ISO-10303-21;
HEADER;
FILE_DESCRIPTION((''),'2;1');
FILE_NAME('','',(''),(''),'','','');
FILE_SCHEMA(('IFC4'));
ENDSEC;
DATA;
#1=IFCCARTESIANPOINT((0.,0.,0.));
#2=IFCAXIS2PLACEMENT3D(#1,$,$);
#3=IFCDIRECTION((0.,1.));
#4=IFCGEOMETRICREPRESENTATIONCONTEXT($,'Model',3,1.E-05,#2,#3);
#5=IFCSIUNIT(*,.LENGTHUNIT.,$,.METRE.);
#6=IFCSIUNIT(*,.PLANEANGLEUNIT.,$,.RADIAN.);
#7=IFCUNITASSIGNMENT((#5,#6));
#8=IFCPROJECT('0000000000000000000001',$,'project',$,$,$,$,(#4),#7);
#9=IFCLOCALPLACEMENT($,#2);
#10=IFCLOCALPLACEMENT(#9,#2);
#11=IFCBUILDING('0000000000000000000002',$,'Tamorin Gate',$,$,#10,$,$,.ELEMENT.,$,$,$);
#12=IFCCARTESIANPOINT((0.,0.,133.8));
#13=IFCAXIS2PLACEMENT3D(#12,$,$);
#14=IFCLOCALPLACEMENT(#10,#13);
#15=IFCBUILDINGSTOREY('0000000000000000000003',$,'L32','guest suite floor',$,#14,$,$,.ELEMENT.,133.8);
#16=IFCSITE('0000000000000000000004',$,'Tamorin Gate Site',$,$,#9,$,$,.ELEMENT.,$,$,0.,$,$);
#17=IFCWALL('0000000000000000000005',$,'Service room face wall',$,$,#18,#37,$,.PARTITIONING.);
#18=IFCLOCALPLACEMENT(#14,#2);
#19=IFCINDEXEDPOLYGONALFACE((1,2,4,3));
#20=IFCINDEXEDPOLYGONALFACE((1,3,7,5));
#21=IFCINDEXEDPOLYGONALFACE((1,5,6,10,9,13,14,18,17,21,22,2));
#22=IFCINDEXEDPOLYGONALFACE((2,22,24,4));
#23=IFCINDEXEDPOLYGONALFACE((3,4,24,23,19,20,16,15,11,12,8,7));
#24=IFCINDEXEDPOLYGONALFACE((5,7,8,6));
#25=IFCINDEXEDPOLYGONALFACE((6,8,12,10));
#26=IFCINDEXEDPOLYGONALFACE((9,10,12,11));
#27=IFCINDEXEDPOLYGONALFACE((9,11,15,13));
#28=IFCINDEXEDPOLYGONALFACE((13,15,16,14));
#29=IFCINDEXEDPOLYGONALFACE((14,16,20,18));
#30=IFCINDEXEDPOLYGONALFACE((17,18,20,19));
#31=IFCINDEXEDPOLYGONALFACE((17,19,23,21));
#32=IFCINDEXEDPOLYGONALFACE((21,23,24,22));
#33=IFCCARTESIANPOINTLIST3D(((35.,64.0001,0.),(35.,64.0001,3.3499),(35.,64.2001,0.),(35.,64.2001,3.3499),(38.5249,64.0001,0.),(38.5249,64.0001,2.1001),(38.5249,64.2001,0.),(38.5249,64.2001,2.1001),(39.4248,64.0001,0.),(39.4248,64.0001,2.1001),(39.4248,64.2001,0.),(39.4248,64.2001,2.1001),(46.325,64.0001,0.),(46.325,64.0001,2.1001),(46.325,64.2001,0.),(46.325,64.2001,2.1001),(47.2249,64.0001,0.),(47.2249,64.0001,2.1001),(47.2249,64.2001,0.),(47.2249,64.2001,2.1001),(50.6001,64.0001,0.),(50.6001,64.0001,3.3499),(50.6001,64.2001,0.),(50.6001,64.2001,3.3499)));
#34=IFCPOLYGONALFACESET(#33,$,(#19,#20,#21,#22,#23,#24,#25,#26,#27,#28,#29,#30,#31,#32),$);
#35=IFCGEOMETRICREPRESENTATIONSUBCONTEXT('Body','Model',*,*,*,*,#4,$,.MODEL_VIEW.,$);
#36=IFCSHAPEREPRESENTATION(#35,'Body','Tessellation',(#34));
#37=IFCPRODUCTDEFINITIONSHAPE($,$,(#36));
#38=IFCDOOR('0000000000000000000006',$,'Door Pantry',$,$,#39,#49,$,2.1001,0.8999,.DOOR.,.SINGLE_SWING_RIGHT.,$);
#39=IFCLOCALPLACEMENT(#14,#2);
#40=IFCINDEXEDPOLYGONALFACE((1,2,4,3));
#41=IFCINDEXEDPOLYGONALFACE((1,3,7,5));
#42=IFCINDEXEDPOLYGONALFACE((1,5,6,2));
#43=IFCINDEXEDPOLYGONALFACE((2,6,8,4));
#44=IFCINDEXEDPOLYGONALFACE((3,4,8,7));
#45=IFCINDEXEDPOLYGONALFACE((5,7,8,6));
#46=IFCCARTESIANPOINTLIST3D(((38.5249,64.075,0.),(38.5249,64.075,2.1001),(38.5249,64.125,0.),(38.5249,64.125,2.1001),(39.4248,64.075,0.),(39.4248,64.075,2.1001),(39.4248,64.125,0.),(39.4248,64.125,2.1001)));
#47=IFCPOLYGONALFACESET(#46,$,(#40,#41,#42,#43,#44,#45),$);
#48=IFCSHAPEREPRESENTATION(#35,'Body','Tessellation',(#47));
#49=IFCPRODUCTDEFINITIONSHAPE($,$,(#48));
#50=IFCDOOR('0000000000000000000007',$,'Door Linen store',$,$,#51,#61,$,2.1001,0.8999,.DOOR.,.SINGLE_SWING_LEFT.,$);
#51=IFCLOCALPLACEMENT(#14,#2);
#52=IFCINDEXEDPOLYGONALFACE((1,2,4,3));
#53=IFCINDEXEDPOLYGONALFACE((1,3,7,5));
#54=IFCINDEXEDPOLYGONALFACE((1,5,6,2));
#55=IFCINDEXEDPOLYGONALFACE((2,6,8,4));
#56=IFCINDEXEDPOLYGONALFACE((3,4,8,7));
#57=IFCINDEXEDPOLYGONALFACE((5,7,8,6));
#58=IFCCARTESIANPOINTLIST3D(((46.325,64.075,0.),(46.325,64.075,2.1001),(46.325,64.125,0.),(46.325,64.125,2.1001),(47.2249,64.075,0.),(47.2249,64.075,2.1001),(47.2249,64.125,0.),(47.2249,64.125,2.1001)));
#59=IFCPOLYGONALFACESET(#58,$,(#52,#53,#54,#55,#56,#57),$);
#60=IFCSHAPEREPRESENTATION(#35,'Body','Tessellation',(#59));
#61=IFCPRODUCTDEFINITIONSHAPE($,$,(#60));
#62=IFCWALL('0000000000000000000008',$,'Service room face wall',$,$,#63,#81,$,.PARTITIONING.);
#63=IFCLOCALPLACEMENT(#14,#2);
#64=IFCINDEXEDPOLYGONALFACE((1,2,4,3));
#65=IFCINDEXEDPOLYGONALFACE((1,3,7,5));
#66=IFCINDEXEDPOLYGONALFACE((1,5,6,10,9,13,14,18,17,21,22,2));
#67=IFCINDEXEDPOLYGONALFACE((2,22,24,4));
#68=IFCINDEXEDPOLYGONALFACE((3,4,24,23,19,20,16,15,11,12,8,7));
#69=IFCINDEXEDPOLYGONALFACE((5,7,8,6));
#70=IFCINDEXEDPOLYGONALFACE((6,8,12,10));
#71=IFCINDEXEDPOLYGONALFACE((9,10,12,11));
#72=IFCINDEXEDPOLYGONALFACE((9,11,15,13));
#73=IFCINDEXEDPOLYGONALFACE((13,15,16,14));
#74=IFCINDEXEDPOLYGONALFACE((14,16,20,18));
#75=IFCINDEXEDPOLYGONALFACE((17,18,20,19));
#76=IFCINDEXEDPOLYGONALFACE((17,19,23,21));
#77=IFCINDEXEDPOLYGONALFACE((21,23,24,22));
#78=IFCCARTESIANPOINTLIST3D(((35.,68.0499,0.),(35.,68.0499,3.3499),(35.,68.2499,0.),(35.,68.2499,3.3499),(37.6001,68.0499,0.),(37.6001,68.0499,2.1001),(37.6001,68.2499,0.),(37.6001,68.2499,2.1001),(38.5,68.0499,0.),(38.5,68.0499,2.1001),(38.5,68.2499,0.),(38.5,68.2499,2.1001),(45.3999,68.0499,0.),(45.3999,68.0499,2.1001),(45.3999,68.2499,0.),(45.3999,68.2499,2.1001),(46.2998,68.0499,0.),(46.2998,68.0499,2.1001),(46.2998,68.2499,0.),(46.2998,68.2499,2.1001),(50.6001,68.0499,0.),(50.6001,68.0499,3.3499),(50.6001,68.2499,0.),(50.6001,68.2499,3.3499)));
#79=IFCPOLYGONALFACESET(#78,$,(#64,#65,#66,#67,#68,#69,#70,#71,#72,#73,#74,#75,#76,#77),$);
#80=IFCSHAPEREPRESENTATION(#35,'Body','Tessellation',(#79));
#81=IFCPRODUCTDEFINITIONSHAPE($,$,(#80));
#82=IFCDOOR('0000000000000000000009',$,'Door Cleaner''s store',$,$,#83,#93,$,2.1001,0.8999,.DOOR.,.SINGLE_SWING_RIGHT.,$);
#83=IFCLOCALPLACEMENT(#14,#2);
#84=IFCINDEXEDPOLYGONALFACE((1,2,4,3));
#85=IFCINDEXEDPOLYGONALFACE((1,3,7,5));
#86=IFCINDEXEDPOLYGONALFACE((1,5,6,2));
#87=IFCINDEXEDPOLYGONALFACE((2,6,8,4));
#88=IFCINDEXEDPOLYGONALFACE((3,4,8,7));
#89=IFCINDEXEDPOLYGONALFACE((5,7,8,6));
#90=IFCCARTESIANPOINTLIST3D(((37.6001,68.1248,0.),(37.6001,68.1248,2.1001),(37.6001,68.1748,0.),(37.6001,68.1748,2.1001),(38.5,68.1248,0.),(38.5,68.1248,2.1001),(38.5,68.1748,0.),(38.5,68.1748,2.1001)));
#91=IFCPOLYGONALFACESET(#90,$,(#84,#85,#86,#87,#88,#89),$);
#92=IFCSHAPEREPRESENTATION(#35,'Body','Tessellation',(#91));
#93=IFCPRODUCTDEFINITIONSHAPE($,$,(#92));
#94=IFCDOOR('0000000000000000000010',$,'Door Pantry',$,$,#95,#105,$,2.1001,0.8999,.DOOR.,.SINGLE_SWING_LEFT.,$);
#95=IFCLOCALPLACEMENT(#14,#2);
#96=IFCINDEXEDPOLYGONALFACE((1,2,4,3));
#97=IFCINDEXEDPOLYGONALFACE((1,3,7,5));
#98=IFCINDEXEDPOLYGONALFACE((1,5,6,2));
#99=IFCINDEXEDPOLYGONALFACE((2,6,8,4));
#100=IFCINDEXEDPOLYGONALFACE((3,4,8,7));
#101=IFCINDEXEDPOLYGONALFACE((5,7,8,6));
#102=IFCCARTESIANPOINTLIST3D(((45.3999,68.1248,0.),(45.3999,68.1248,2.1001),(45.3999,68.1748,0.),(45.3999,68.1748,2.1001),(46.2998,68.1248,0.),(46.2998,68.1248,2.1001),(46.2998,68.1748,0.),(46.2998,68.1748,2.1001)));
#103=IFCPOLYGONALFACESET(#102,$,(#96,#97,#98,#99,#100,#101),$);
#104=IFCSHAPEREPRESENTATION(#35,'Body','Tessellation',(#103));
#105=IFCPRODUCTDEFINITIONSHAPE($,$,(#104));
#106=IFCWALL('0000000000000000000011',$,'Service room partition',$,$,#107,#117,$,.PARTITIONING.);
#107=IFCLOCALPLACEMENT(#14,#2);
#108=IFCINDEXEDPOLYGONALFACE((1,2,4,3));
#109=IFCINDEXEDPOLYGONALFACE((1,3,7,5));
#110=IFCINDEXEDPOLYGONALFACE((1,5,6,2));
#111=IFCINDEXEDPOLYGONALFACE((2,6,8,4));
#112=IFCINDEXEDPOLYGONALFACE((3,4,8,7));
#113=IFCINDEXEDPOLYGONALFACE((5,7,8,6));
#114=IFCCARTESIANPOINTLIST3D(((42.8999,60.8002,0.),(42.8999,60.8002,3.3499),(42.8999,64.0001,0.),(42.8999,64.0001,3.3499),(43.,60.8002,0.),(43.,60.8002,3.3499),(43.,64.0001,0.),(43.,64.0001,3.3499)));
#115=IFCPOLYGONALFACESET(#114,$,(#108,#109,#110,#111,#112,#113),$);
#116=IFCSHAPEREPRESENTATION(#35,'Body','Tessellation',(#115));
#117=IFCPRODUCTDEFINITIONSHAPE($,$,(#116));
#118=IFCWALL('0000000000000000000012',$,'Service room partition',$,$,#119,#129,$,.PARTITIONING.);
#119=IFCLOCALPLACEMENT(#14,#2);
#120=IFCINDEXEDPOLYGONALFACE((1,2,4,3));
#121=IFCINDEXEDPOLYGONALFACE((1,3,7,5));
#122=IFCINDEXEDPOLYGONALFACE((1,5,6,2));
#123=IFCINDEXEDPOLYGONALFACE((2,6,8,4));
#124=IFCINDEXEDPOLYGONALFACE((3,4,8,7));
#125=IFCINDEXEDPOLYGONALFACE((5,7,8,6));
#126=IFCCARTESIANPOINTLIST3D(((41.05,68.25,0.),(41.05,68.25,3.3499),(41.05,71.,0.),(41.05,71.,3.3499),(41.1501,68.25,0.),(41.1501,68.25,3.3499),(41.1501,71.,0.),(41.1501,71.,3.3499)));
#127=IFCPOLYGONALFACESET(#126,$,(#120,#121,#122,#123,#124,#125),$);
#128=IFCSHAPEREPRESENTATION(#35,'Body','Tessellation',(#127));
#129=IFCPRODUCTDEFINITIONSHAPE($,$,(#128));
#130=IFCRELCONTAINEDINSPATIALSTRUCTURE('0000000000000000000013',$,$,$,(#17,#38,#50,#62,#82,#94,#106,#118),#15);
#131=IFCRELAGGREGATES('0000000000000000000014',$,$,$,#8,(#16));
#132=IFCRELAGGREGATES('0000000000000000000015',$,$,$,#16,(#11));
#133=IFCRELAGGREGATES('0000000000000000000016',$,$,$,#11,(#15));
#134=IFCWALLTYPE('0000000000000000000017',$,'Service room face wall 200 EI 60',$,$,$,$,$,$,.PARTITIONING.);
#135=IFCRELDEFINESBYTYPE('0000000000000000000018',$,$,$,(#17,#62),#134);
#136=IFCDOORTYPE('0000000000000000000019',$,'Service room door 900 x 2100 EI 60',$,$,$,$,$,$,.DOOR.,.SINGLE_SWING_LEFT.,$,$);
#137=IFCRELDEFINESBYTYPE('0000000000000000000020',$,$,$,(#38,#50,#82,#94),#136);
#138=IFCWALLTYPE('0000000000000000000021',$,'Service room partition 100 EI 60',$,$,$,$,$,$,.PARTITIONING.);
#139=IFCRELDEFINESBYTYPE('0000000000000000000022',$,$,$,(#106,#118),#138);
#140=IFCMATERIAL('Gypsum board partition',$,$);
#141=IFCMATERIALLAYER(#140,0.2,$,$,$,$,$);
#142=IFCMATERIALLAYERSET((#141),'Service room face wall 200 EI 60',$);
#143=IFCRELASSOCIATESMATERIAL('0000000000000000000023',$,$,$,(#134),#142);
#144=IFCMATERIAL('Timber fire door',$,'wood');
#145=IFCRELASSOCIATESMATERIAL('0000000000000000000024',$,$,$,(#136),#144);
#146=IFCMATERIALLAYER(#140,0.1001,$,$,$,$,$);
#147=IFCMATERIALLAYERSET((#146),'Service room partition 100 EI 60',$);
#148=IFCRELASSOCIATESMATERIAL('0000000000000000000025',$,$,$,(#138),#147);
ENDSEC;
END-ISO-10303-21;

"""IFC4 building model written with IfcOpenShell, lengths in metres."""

from ifc_helpers import new_model, si_unit, direction, frame, frame_2d, origin, place, context, subcontext, project, spatial, rectangle, extrude, material, layer, layer_set, type_object, element, fill, save


model = new_model("IFC4")

# Units and contexts
model_context = context("Model", 3, precision=1e-05, world=origin(), true_north=direction((0.0, 1.0)))
body_context = subcontext(model_context, "Body", "Model", "MODEL_VIEW")
ifc_project = project(units=[si_unit("LENGTHUNIT", "METRE"), si_unit("PLANEANGLEUNIT", "RADIAN")], contexts=[model_context])

# Site, building, storey
site_placement = place(None, origin())
site = spatial("IfcSite", under=ifc_project, at=site_placement, Name="Tamorin Gate Site", CompositionType="ELEMENT", RefElevation=0.0)
building_placement = place(site_placement, origin())
building = spatial("IfcBuilding", under=site, at=building_placement, Name="Tamorin Gate", CompositionType="ELEMENT")
storey_placement = place(building_placement, frame((0.0, 0.0, 133.8)))
storey = spatial("IfcBuildingStorey", under=building, at=storey_placement, Name="L32", Description="guest suite floor", CompositionType="ELEMENT", Elevation=133.8)

# Walls, openings, doors
ifc_material_1 = material(Name="Gypsum board partition")
ifc_layer_1 = layer(ifc_material_1, 0.2)
ifc_layer_set_1 = layer_set([ifc_layer_1], Name="Service room face wall 200 EI 60")
wall_type_1 = type_object("IfcWallType", Name="Service room face wall 200 EI 60", PredefinedType="PARTITIONING", material=ifc_layer_set_1)
wall_1_placement = place(storey_placement, frame((35.0, 64.1001, 0.0), z_axis=(0.0, 0.0, 1.0), x_axis=(1.0, 0.0, 0.0)))
wall_1 = element("IfcWall", 1, at=wall_1_placement, inside=storey, type_object=wall_type_1, Name="Service room face wall", PredefinedType="PARTITIONING", context=body_context, shape_type="SweptSolid", body=[
    extrude(rectangle(XDim=15.6001, YDim=0.2, at=frame_2d((7.8, 0.0))), origin(), (0.0, 0.0, 1.0), 3.3499),
])
opening_1_placement = place(wall_1_placement, frame((3.5249, 0.0, 0.0)))
opening_1 = element("IfcOpeningElement", 2, at=opening_1_placement, cuts=wall_1, PredefinedType="OPENING", context=body_context, shape_type="SweptSolid", body=[
    extrude(rectangle(XDim=0.8999, YDim=2.1001, at=frame_2d((0.45, 1.05))), frame((0.0, 0.1099, 0.0), z_axis=(0.0, -1.0, 0.0), x_axis=(1.0, 0.0, 0.0)), (0.0, 0.0, 1.0), 0.22),
])
opening_2_placement = place(wall_1_placement, frame((11.325, 0.0, 0.0)))
opening_2 = element("IfcOpeningElement", 3, at=opening_2_placement, cuts=wall_1, PredefinedType="OPENING", context=body_context, shape_type="SweptSolid", body=[
    extrude(rectangle(XDim=0.8999, YDim=2.1001, at=frame_2d((0.45, 1.05))), frame((0.0, 0.1099, 0.0), z_axis=(0.0, -1.0, 0.0), x_axis=(1.0, 0.0, 0.0)), (0.0, 0.0, 1.0), 0.22),
])
ifc_material_2 = material(Name="Timber fire door", Category="wood")
door_type_1 = type_object("IfcDoorType", Name="Service room door 900 x 2100 EI 60", OperationType="SINGLE_SWING_LEFT", PredefinedType="DOOR", material=ifc_material_2)
door_1_placement = place(opening_1_placement, origin())
door_1 = element("IfcDoor", 4, at=door_1_placement, inside=storey, type_object=door_type_1, Name="Door Pantry", OperationType="SINGLE_SWING_RIGHT", OverallHeight=2.1001, OverallWidth=0.8999, PredefinedType="DOOR", context=body_context, shape_type="SweptSolid", body=[
    extrude(rectangle(XDim=0.8999, YDim=2.1001, at=frame_2d((0.45, 1.05))), frame((0.0, 0.0249, 0.0), z_axis=(0.0, -1.0, 0.0), x_axis=(1.0, 0.0, 0.0)), (0.0, 0.0, 1.0), 0.05),
])
fill(opening_1, door_1)
door_2_placement = place(opening_2_placement, origin())
door_2 = element("IfcDoor", 5, at=door_2_placement, inside=storey, type_object=door_type_1, Name="Door Linen store", OperationType="SINGLE_SWING_LEFT", OverallHeight=2.1001, OverallWidth=0.8999, PredefinedType="DOOR", context=body_context, shape_type="SweptSolid", body=[
    extrude(rectangle(XDim=0.8999, YDim=2.1001, at=frame_2d((0.45, 1.05))), frame((0.0, 0.0249, 0.0), z_axis=(0.0, -1.0, 0.0), x_axis=(1.0, 0.0, 0.0)), (0.0, 0.0, 1.0), 0.05),
])
fill(opening_2, door_2)
wall_2_placement = place(storey_placement, frame((35.0, 68.1499, 0.0), z_axis=(0.0, 0.0, 1.0), x_axis=(1.0, 0.0, 0.0)))
wall_2 = element("IfcWall", 6, at=wall_2_placement, inside=storey, type_object=wall_type_1, Name="Service room face wall", PredefinedType="PARTITIONING", context=body_context, shape_type="SweptSolid", body=[
    extrude(rectangle(XDim=15.6001, YDim=0.2, at=frame_2d((7.8, 0.0))), origin(), (0.0, 0.0, 1.0), 3.3499),
])
opening_3_placement = place(wall_2_placement, frame((2.6001, 0.0, 0.0)))
opening_3 = element("IfcOpeningElement", 7, at=opening_3_placement, cuts=wall_2, PredefinedType="OPENING", context=body_context, shape_type="SweptSolid", body=[
    extrude(rectangle(XDim=0.8999, YDim=2.1001, at=frame_2d((0.45, 1.05))), frame((0.0, 0.1099, 0.0), z_axis=(0.0, -1.0, 0.0), x_axis=(1.0, 0.0, 0.0)), (0.0, 0.0, 1.0), 0.22),
])
opening_4_placement = place(wall_2_placement, frame((10.3999, 0.0, 0.0)))
opening_4 = element("IfcOpeningElement", 8, at=opening_4_placement, cuts=wall_2, PredefinedType="OPENING", context=body_context, shape_type="SweptSolid", body=[
    extrude(rectangle(XDim=0.8999, YDim=2.1001, at=frame_2d((0.45, 1.05))), frame((0.0, 0.1099, 0.0), z_axis=(0.0, -1.0, 0.0), x_axis=(1.0, 0.0, 0.0)), (0.0, 0.0, 1.0), 0.22),
])
door_3_placement = place(opening_3_placement, origin())
door_3 = element("IfcDoor", 9, at=door_3_placement, inside=storey, type_object=door_type_1, Name="Door Cleaner's store", OperationType="SINGLE_SWING_RIGHT", OverallHeight=2.1001, OverallWidth=0.8999, PredefinedType="DOOR", context=body_context, shape_type="SweptSolid", body=[
    extrude(rectangle(XDim=0.8999, YDim=2.1001, at=frame_2d((0.45, 1.05))), frame((0.0, 0.0249, 0.0), z_axis=(0.0, -1.0, 0.0), x_axis=(1.0, 0.0, 0.0)), (0.0, 0.0, 1.0), 0.05),
])
fill(opening_3, door_3)
door_4_placement = place(opening_4_placement, origin())
door_4 = element("IfcDoor", 10, at=door_4_placement, inside=storey, type_object=door_type_1, Name="Door Pantry", OperationType="SINGLE_SWING_LEFT", OverallHeight=2.1001, OverallWidth=0.8999, PredefinedType="DOOR", context=body_context, shape_type="SweptSolid", body=[
    extrude(rectangle(XDim=0.8999, YDim=2.1001, at=frame_2d((0.45, 1.05))), frame((0.0, 0.0249, 0.0), z_axis=(0.0, -1.0, 0.0), x_axis=(1.0, 0.0, 0.0)), (0.0, 0.0, 1.0), 0.05),
])
fill(opening_4, door_4)

# Walls
ifc_layer_2 = layer(ifc_material_1, 0.1001)
ifc_layer_set_2 = layer_set([ifc_layer_2], Name="Service room partition 100 EI 60")
wall_type_2 = type_object("IfcWallType", Name="Service room partition 100 EI 60", PredefinedType="PARTITIONING", material=ifc_layer_set_2)
wall_3_placement = place(storey_placement, frame((42.95, 60.8, 0.0), z_axis=(0.0, 0.0, 1.0), x_axis=(0.0, 1.0, 0.0)))
element("IfcWall", 11, at=wall_3_placement, inside=storey, type_object=wall_type_2, Name="Service room partition", PredefinedType="PARTITIONING", context=body_context, shape_type="SweptSolid", body=[
    extrude(rectangle(XDim=3.2, YDim=0.1001, at=frame_2d((1.6001, 0.0))), origin(), (0.0, 0.0, 1.0), 3.3499),
])
wall_4_placement = place(storey_placement, frame((41.1001, 68.25, 0.0), z_axis=(0.0, 0.0, 1.0), x_axis=(0.0, 1.0, 0.0)))
element("IfcWall", 12, at=wall_4_placement, inside=storey, type_object=wall_type_2, Name="Service room partition", PredefinedType="PARTITIONING", context=body_context, shape_type="SweptSolid", body=[
    extrude(rectangle(XDim=2.75, YDim=0.1001, at=frame_2d((1.375, 0.0))), origin(), (0.0, 0.0, 1.0), 3.3499),
])

save(model, "model.ifc")
